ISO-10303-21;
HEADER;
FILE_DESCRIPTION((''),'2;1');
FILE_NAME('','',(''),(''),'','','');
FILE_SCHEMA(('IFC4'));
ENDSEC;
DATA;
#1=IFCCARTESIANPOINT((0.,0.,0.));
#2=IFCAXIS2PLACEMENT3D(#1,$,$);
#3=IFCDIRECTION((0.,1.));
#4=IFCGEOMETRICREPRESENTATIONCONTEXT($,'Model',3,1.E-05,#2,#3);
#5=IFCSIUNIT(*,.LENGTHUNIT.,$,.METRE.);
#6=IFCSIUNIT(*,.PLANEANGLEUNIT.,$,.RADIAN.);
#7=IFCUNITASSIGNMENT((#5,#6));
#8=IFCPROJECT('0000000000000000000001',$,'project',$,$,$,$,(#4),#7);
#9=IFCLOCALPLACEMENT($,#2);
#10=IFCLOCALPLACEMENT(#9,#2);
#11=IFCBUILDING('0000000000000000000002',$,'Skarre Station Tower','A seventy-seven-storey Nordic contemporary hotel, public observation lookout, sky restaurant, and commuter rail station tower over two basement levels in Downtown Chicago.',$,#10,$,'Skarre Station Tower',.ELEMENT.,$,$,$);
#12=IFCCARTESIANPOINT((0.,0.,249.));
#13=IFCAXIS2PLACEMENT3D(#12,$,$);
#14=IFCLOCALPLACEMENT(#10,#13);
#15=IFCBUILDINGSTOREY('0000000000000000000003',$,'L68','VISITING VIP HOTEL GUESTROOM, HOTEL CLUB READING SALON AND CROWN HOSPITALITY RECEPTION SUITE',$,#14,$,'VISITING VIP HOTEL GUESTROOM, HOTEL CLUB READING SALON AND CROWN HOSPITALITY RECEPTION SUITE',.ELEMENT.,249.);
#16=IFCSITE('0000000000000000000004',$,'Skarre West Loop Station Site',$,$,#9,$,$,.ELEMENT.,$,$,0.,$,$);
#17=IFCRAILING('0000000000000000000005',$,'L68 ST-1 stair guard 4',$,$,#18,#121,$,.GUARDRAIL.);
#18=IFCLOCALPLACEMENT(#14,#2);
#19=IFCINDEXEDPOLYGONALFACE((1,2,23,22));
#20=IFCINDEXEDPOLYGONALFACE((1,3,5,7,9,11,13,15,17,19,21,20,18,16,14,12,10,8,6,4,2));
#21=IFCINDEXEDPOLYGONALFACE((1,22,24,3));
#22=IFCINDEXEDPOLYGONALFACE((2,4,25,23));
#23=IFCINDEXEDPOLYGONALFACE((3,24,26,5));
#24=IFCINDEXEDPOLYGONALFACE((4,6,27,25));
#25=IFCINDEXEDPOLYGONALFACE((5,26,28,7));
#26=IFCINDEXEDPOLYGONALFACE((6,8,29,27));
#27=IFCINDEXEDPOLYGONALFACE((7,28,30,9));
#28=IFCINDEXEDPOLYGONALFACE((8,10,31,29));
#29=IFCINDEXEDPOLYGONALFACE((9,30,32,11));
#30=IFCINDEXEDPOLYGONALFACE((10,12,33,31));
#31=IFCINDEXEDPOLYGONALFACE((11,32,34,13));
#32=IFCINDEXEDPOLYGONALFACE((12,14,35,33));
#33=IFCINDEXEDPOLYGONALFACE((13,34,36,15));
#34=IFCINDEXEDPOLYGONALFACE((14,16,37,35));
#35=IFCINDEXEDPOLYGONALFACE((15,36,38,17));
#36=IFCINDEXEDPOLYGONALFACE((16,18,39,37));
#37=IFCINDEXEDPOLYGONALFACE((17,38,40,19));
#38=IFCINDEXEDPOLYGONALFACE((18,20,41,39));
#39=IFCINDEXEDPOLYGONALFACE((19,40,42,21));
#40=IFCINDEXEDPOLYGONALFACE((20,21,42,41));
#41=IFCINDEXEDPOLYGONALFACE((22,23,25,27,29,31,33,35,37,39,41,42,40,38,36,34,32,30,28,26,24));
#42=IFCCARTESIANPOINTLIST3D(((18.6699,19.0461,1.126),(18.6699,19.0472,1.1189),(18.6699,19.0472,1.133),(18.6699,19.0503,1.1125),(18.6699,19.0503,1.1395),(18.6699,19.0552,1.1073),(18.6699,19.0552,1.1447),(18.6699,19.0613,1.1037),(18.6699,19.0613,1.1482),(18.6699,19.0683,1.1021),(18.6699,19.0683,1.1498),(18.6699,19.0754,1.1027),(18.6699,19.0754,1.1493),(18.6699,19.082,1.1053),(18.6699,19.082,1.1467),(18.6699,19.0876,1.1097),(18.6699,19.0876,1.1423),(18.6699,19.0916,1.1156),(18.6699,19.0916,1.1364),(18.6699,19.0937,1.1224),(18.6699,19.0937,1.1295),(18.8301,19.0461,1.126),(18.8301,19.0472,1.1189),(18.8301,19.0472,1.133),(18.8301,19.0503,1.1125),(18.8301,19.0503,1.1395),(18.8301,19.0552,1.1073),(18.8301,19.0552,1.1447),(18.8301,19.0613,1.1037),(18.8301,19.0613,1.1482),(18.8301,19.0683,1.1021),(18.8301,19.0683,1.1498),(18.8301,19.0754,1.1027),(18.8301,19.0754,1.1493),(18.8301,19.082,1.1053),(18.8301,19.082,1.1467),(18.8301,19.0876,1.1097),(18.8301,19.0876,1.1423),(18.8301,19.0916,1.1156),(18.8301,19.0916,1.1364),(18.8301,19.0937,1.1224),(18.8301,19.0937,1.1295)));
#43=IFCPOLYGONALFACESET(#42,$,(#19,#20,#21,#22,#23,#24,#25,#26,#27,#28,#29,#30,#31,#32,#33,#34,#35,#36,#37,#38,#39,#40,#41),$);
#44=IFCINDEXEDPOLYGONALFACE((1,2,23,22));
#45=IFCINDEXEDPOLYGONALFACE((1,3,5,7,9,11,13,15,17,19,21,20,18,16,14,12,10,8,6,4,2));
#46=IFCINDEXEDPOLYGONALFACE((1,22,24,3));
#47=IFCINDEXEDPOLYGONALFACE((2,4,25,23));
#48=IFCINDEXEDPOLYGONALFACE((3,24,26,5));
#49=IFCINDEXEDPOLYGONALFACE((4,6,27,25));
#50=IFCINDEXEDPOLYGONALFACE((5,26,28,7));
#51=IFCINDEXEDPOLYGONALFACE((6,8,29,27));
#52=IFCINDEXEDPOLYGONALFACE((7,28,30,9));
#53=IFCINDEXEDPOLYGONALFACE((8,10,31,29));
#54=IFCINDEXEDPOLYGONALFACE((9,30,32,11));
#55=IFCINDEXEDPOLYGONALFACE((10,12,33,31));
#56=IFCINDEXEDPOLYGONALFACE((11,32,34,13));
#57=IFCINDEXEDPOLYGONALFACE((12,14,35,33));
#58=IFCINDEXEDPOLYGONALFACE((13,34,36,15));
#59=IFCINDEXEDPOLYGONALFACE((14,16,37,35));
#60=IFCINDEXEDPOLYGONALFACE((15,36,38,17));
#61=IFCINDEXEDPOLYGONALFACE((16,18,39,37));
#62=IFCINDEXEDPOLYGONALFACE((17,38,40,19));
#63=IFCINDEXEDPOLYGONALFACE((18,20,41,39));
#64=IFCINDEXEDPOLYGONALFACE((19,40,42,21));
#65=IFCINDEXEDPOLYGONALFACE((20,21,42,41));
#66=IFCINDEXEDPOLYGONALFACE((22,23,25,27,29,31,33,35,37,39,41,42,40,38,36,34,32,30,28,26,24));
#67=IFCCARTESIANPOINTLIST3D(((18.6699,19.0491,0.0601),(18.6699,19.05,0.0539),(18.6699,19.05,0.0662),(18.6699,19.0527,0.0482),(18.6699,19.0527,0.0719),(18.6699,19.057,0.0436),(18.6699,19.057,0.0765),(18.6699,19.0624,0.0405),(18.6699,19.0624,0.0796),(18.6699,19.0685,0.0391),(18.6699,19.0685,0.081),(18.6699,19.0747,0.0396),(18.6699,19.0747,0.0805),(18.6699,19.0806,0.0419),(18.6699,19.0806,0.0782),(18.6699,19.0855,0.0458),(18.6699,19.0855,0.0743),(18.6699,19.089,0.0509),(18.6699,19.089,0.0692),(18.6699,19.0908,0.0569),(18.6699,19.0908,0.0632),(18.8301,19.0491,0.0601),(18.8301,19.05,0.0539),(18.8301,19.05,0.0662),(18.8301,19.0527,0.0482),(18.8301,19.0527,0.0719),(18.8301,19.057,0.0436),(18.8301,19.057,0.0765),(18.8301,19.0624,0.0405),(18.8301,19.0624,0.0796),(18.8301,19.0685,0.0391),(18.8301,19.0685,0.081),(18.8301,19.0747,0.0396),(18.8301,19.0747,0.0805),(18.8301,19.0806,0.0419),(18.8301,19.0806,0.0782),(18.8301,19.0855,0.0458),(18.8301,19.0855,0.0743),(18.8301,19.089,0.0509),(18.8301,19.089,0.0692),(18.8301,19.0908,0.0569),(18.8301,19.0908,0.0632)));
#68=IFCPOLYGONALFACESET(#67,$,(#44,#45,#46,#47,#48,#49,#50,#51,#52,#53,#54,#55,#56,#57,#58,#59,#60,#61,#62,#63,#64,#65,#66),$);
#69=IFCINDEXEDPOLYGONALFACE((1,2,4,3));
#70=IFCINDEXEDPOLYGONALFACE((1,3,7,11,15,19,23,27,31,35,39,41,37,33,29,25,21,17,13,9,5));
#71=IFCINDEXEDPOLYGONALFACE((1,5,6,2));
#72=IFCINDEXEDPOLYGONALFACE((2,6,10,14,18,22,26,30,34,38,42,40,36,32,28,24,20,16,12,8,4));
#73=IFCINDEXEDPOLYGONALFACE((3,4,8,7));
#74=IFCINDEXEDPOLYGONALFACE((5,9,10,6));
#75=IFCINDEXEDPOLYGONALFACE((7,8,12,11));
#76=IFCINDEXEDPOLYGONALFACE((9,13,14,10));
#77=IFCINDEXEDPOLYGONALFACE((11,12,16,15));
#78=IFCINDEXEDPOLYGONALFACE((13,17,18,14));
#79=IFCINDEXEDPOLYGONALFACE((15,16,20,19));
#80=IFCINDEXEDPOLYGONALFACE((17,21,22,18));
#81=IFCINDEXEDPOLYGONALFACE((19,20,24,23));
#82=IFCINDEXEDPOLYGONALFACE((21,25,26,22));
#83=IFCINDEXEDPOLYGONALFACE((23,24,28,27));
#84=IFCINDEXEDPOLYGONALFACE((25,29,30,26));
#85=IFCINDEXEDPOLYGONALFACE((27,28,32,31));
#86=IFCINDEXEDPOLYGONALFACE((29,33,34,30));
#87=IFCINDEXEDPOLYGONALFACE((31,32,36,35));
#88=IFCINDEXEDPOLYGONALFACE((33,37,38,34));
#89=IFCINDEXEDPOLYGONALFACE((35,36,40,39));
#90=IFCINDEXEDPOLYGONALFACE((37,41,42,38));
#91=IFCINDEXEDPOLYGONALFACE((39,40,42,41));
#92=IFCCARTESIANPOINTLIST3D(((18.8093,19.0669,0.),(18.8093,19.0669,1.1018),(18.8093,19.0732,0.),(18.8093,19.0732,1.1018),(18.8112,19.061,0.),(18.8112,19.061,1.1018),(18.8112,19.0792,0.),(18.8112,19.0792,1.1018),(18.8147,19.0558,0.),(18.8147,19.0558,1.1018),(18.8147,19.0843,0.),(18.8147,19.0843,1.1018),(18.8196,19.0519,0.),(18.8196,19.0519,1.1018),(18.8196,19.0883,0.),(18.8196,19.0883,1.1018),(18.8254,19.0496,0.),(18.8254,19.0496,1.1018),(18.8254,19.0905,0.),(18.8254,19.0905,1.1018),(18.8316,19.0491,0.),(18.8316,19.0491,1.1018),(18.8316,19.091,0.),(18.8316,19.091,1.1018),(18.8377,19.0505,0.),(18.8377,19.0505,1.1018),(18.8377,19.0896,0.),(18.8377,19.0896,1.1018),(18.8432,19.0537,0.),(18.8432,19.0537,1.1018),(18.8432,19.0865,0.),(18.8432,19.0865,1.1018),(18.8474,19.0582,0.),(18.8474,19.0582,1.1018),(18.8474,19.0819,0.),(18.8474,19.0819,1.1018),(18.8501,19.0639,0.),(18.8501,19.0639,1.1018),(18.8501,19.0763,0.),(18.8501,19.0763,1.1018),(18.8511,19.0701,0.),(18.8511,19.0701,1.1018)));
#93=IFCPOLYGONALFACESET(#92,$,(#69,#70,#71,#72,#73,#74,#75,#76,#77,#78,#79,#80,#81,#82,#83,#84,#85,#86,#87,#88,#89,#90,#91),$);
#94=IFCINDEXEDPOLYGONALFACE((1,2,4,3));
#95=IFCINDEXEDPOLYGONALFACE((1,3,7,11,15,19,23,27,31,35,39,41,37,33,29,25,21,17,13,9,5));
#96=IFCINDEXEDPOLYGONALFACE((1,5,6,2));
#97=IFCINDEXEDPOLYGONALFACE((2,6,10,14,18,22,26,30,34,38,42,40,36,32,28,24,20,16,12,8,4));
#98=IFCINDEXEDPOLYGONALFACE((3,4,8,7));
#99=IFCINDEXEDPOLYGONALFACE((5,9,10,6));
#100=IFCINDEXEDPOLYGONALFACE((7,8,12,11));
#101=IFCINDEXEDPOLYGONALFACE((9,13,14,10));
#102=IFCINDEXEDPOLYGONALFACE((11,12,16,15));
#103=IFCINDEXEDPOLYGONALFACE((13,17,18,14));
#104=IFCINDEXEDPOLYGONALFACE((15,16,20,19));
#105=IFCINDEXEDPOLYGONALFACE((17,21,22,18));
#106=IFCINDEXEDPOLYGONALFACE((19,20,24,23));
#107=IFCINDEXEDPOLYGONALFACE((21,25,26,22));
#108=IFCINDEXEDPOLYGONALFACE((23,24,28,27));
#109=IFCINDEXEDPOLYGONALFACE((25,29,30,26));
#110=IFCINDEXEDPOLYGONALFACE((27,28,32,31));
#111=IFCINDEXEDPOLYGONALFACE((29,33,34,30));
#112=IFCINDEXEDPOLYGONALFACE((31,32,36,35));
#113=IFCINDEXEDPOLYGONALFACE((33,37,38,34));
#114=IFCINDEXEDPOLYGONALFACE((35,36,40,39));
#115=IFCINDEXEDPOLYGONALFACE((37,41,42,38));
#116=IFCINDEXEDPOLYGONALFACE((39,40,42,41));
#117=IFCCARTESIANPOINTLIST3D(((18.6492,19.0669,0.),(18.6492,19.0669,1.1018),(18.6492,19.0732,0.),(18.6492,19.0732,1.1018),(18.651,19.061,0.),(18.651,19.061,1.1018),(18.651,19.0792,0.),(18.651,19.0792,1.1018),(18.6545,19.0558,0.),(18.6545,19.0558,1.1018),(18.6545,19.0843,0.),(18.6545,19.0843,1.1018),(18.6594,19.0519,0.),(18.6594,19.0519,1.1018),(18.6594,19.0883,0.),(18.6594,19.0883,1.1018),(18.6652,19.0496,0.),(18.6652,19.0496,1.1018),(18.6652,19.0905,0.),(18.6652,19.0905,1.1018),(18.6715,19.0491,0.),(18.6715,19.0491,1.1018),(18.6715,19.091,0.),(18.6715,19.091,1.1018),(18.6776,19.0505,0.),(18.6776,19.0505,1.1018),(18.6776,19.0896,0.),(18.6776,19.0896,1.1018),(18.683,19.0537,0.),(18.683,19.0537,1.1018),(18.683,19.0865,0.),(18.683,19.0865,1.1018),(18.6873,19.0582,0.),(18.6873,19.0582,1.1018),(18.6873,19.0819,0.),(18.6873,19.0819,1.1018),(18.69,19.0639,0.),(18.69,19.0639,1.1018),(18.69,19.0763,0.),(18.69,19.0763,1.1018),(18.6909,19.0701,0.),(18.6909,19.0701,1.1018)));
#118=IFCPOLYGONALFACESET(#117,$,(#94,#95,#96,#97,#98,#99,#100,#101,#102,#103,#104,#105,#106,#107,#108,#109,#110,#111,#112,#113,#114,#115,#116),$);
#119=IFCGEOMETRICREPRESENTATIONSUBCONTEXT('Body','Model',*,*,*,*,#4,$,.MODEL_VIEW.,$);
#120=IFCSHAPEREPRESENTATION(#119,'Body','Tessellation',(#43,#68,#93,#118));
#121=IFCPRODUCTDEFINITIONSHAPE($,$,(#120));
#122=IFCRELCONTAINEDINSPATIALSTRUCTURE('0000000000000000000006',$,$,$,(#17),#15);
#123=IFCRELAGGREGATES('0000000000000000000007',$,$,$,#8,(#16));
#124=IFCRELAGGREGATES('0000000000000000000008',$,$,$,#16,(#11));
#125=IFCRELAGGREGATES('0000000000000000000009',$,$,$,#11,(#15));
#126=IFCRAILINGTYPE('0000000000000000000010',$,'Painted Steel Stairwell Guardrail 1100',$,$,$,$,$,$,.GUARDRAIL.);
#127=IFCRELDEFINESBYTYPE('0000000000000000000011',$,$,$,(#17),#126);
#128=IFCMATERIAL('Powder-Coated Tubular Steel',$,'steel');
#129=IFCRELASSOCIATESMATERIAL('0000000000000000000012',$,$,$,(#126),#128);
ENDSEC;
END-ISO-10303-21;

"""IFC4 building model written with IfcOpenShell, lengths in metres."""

from ifc_helpers import new_model, si_unit, direction, frame, origin, origin_2d, place, context, subcontext, project, spatial, circle, extrude, material, type_object, element, save


model = new_model("IFC4")

# Units and contexts
model_context = context("Model", 3, precision=1e-05, world=origin(), true_north=direction((0.0, 1.0)))
body_context = subcontext(model_context, "Body", "Model", "MODEL_VIEW")
ifc_project = project(units=[si_unit("LENGTHUNIT", "METRE"), si_unit("PLANEANGLEUNIT", "RADIAN")], contexts=[model_context])

# Site, building, storey
site_placement = place(None, origin())
site = spatial("IfcSite", under=ifc_project, at=site_placement, Name="Skarre West Loop Station Site", CompositionType="ELEMENT", RefElevation=0.0)
building_placement = place(site_placement, origin())
building = spatial("IfcBuilding", under=site, at=building_placement, Name="Skarre Station Tower", Description="A seventy-seven-storey Nordic contemporary hotel, public observation lookout, sky restaurant, and commuter rail station tower over two basement levels in Downtown Chicago.", LongName="Skarre Station Tower", CompositionType="ELEMENT")
storey_placement = place(building_placement, frame((0.0, 0.0, 249.0)))
storey = spatial("IfcBuildingStorey", under=building, at=storey_placement, Name="L68", Description="VISITING VIP HOTEL GUESTROOM, HOTEL CLUB READING SALON AND CROWN HOSPITALITY RECEPTION SUITE", LongName="VISITING VIP HOTEL GUESTROOM, HOTEL CLUB READING SALON AND CROWN HOSPITALITY RECEPTION SUITE", CompositionType="ELEMENT", Elevation=249.0)

# Railing
ifc_material_1 = material(Name="Powder-Coated Tubular Steel", Category="steel")
railing_type_1 = type_object("IfcRailingType", Name="Painted Steel Stairwell Guardrail 1100", PredefinedType="GUARDRAIL", material=ifc_material_1)
railing_1_placement = place(storey_placement, frame((18.8301, 19.0701, 0.0)))
element("IfcRailing", 1, at=railing_1_placement, inside=storey, type_object=railing_type_1, Name="L68 ST-1 stair guard 4", PredefinedType="GUARDRAIL", context=body_context, shape_type="SweptSolid", body=[
    extrude(circle(Radius=0.0239, at=origin_2d()), frame((0.0, 0.0, 1.126), z_axis=(-1.0, 0.0, 0.0), x_axis=(0.0, -1.0, 0.0)), (0.0, 0.0, 1.0), 0.1602),
    extrude(circle(Radius=0.021, at=origin_2d()), frame((0.0, 0.0, 0.0601), z_axis=(-1.0, 0.0, 0.0), x_axis=(0.0, -1.0, 0.0)), (0.0, 0.0, 1.0), 0.1602),
    extrude(circle(Radius=0.021, at=origin_2d()), origin(), (0.0, 0.0, 1.0), 1.1018),
    extrude(circle(Radius=0.021, at=origin_2d()), frame((-0.1602, 0.0, 0.0)), (0.0, 0.0, 1.0), 1.1018),
])

save(model, "model.ifc")
